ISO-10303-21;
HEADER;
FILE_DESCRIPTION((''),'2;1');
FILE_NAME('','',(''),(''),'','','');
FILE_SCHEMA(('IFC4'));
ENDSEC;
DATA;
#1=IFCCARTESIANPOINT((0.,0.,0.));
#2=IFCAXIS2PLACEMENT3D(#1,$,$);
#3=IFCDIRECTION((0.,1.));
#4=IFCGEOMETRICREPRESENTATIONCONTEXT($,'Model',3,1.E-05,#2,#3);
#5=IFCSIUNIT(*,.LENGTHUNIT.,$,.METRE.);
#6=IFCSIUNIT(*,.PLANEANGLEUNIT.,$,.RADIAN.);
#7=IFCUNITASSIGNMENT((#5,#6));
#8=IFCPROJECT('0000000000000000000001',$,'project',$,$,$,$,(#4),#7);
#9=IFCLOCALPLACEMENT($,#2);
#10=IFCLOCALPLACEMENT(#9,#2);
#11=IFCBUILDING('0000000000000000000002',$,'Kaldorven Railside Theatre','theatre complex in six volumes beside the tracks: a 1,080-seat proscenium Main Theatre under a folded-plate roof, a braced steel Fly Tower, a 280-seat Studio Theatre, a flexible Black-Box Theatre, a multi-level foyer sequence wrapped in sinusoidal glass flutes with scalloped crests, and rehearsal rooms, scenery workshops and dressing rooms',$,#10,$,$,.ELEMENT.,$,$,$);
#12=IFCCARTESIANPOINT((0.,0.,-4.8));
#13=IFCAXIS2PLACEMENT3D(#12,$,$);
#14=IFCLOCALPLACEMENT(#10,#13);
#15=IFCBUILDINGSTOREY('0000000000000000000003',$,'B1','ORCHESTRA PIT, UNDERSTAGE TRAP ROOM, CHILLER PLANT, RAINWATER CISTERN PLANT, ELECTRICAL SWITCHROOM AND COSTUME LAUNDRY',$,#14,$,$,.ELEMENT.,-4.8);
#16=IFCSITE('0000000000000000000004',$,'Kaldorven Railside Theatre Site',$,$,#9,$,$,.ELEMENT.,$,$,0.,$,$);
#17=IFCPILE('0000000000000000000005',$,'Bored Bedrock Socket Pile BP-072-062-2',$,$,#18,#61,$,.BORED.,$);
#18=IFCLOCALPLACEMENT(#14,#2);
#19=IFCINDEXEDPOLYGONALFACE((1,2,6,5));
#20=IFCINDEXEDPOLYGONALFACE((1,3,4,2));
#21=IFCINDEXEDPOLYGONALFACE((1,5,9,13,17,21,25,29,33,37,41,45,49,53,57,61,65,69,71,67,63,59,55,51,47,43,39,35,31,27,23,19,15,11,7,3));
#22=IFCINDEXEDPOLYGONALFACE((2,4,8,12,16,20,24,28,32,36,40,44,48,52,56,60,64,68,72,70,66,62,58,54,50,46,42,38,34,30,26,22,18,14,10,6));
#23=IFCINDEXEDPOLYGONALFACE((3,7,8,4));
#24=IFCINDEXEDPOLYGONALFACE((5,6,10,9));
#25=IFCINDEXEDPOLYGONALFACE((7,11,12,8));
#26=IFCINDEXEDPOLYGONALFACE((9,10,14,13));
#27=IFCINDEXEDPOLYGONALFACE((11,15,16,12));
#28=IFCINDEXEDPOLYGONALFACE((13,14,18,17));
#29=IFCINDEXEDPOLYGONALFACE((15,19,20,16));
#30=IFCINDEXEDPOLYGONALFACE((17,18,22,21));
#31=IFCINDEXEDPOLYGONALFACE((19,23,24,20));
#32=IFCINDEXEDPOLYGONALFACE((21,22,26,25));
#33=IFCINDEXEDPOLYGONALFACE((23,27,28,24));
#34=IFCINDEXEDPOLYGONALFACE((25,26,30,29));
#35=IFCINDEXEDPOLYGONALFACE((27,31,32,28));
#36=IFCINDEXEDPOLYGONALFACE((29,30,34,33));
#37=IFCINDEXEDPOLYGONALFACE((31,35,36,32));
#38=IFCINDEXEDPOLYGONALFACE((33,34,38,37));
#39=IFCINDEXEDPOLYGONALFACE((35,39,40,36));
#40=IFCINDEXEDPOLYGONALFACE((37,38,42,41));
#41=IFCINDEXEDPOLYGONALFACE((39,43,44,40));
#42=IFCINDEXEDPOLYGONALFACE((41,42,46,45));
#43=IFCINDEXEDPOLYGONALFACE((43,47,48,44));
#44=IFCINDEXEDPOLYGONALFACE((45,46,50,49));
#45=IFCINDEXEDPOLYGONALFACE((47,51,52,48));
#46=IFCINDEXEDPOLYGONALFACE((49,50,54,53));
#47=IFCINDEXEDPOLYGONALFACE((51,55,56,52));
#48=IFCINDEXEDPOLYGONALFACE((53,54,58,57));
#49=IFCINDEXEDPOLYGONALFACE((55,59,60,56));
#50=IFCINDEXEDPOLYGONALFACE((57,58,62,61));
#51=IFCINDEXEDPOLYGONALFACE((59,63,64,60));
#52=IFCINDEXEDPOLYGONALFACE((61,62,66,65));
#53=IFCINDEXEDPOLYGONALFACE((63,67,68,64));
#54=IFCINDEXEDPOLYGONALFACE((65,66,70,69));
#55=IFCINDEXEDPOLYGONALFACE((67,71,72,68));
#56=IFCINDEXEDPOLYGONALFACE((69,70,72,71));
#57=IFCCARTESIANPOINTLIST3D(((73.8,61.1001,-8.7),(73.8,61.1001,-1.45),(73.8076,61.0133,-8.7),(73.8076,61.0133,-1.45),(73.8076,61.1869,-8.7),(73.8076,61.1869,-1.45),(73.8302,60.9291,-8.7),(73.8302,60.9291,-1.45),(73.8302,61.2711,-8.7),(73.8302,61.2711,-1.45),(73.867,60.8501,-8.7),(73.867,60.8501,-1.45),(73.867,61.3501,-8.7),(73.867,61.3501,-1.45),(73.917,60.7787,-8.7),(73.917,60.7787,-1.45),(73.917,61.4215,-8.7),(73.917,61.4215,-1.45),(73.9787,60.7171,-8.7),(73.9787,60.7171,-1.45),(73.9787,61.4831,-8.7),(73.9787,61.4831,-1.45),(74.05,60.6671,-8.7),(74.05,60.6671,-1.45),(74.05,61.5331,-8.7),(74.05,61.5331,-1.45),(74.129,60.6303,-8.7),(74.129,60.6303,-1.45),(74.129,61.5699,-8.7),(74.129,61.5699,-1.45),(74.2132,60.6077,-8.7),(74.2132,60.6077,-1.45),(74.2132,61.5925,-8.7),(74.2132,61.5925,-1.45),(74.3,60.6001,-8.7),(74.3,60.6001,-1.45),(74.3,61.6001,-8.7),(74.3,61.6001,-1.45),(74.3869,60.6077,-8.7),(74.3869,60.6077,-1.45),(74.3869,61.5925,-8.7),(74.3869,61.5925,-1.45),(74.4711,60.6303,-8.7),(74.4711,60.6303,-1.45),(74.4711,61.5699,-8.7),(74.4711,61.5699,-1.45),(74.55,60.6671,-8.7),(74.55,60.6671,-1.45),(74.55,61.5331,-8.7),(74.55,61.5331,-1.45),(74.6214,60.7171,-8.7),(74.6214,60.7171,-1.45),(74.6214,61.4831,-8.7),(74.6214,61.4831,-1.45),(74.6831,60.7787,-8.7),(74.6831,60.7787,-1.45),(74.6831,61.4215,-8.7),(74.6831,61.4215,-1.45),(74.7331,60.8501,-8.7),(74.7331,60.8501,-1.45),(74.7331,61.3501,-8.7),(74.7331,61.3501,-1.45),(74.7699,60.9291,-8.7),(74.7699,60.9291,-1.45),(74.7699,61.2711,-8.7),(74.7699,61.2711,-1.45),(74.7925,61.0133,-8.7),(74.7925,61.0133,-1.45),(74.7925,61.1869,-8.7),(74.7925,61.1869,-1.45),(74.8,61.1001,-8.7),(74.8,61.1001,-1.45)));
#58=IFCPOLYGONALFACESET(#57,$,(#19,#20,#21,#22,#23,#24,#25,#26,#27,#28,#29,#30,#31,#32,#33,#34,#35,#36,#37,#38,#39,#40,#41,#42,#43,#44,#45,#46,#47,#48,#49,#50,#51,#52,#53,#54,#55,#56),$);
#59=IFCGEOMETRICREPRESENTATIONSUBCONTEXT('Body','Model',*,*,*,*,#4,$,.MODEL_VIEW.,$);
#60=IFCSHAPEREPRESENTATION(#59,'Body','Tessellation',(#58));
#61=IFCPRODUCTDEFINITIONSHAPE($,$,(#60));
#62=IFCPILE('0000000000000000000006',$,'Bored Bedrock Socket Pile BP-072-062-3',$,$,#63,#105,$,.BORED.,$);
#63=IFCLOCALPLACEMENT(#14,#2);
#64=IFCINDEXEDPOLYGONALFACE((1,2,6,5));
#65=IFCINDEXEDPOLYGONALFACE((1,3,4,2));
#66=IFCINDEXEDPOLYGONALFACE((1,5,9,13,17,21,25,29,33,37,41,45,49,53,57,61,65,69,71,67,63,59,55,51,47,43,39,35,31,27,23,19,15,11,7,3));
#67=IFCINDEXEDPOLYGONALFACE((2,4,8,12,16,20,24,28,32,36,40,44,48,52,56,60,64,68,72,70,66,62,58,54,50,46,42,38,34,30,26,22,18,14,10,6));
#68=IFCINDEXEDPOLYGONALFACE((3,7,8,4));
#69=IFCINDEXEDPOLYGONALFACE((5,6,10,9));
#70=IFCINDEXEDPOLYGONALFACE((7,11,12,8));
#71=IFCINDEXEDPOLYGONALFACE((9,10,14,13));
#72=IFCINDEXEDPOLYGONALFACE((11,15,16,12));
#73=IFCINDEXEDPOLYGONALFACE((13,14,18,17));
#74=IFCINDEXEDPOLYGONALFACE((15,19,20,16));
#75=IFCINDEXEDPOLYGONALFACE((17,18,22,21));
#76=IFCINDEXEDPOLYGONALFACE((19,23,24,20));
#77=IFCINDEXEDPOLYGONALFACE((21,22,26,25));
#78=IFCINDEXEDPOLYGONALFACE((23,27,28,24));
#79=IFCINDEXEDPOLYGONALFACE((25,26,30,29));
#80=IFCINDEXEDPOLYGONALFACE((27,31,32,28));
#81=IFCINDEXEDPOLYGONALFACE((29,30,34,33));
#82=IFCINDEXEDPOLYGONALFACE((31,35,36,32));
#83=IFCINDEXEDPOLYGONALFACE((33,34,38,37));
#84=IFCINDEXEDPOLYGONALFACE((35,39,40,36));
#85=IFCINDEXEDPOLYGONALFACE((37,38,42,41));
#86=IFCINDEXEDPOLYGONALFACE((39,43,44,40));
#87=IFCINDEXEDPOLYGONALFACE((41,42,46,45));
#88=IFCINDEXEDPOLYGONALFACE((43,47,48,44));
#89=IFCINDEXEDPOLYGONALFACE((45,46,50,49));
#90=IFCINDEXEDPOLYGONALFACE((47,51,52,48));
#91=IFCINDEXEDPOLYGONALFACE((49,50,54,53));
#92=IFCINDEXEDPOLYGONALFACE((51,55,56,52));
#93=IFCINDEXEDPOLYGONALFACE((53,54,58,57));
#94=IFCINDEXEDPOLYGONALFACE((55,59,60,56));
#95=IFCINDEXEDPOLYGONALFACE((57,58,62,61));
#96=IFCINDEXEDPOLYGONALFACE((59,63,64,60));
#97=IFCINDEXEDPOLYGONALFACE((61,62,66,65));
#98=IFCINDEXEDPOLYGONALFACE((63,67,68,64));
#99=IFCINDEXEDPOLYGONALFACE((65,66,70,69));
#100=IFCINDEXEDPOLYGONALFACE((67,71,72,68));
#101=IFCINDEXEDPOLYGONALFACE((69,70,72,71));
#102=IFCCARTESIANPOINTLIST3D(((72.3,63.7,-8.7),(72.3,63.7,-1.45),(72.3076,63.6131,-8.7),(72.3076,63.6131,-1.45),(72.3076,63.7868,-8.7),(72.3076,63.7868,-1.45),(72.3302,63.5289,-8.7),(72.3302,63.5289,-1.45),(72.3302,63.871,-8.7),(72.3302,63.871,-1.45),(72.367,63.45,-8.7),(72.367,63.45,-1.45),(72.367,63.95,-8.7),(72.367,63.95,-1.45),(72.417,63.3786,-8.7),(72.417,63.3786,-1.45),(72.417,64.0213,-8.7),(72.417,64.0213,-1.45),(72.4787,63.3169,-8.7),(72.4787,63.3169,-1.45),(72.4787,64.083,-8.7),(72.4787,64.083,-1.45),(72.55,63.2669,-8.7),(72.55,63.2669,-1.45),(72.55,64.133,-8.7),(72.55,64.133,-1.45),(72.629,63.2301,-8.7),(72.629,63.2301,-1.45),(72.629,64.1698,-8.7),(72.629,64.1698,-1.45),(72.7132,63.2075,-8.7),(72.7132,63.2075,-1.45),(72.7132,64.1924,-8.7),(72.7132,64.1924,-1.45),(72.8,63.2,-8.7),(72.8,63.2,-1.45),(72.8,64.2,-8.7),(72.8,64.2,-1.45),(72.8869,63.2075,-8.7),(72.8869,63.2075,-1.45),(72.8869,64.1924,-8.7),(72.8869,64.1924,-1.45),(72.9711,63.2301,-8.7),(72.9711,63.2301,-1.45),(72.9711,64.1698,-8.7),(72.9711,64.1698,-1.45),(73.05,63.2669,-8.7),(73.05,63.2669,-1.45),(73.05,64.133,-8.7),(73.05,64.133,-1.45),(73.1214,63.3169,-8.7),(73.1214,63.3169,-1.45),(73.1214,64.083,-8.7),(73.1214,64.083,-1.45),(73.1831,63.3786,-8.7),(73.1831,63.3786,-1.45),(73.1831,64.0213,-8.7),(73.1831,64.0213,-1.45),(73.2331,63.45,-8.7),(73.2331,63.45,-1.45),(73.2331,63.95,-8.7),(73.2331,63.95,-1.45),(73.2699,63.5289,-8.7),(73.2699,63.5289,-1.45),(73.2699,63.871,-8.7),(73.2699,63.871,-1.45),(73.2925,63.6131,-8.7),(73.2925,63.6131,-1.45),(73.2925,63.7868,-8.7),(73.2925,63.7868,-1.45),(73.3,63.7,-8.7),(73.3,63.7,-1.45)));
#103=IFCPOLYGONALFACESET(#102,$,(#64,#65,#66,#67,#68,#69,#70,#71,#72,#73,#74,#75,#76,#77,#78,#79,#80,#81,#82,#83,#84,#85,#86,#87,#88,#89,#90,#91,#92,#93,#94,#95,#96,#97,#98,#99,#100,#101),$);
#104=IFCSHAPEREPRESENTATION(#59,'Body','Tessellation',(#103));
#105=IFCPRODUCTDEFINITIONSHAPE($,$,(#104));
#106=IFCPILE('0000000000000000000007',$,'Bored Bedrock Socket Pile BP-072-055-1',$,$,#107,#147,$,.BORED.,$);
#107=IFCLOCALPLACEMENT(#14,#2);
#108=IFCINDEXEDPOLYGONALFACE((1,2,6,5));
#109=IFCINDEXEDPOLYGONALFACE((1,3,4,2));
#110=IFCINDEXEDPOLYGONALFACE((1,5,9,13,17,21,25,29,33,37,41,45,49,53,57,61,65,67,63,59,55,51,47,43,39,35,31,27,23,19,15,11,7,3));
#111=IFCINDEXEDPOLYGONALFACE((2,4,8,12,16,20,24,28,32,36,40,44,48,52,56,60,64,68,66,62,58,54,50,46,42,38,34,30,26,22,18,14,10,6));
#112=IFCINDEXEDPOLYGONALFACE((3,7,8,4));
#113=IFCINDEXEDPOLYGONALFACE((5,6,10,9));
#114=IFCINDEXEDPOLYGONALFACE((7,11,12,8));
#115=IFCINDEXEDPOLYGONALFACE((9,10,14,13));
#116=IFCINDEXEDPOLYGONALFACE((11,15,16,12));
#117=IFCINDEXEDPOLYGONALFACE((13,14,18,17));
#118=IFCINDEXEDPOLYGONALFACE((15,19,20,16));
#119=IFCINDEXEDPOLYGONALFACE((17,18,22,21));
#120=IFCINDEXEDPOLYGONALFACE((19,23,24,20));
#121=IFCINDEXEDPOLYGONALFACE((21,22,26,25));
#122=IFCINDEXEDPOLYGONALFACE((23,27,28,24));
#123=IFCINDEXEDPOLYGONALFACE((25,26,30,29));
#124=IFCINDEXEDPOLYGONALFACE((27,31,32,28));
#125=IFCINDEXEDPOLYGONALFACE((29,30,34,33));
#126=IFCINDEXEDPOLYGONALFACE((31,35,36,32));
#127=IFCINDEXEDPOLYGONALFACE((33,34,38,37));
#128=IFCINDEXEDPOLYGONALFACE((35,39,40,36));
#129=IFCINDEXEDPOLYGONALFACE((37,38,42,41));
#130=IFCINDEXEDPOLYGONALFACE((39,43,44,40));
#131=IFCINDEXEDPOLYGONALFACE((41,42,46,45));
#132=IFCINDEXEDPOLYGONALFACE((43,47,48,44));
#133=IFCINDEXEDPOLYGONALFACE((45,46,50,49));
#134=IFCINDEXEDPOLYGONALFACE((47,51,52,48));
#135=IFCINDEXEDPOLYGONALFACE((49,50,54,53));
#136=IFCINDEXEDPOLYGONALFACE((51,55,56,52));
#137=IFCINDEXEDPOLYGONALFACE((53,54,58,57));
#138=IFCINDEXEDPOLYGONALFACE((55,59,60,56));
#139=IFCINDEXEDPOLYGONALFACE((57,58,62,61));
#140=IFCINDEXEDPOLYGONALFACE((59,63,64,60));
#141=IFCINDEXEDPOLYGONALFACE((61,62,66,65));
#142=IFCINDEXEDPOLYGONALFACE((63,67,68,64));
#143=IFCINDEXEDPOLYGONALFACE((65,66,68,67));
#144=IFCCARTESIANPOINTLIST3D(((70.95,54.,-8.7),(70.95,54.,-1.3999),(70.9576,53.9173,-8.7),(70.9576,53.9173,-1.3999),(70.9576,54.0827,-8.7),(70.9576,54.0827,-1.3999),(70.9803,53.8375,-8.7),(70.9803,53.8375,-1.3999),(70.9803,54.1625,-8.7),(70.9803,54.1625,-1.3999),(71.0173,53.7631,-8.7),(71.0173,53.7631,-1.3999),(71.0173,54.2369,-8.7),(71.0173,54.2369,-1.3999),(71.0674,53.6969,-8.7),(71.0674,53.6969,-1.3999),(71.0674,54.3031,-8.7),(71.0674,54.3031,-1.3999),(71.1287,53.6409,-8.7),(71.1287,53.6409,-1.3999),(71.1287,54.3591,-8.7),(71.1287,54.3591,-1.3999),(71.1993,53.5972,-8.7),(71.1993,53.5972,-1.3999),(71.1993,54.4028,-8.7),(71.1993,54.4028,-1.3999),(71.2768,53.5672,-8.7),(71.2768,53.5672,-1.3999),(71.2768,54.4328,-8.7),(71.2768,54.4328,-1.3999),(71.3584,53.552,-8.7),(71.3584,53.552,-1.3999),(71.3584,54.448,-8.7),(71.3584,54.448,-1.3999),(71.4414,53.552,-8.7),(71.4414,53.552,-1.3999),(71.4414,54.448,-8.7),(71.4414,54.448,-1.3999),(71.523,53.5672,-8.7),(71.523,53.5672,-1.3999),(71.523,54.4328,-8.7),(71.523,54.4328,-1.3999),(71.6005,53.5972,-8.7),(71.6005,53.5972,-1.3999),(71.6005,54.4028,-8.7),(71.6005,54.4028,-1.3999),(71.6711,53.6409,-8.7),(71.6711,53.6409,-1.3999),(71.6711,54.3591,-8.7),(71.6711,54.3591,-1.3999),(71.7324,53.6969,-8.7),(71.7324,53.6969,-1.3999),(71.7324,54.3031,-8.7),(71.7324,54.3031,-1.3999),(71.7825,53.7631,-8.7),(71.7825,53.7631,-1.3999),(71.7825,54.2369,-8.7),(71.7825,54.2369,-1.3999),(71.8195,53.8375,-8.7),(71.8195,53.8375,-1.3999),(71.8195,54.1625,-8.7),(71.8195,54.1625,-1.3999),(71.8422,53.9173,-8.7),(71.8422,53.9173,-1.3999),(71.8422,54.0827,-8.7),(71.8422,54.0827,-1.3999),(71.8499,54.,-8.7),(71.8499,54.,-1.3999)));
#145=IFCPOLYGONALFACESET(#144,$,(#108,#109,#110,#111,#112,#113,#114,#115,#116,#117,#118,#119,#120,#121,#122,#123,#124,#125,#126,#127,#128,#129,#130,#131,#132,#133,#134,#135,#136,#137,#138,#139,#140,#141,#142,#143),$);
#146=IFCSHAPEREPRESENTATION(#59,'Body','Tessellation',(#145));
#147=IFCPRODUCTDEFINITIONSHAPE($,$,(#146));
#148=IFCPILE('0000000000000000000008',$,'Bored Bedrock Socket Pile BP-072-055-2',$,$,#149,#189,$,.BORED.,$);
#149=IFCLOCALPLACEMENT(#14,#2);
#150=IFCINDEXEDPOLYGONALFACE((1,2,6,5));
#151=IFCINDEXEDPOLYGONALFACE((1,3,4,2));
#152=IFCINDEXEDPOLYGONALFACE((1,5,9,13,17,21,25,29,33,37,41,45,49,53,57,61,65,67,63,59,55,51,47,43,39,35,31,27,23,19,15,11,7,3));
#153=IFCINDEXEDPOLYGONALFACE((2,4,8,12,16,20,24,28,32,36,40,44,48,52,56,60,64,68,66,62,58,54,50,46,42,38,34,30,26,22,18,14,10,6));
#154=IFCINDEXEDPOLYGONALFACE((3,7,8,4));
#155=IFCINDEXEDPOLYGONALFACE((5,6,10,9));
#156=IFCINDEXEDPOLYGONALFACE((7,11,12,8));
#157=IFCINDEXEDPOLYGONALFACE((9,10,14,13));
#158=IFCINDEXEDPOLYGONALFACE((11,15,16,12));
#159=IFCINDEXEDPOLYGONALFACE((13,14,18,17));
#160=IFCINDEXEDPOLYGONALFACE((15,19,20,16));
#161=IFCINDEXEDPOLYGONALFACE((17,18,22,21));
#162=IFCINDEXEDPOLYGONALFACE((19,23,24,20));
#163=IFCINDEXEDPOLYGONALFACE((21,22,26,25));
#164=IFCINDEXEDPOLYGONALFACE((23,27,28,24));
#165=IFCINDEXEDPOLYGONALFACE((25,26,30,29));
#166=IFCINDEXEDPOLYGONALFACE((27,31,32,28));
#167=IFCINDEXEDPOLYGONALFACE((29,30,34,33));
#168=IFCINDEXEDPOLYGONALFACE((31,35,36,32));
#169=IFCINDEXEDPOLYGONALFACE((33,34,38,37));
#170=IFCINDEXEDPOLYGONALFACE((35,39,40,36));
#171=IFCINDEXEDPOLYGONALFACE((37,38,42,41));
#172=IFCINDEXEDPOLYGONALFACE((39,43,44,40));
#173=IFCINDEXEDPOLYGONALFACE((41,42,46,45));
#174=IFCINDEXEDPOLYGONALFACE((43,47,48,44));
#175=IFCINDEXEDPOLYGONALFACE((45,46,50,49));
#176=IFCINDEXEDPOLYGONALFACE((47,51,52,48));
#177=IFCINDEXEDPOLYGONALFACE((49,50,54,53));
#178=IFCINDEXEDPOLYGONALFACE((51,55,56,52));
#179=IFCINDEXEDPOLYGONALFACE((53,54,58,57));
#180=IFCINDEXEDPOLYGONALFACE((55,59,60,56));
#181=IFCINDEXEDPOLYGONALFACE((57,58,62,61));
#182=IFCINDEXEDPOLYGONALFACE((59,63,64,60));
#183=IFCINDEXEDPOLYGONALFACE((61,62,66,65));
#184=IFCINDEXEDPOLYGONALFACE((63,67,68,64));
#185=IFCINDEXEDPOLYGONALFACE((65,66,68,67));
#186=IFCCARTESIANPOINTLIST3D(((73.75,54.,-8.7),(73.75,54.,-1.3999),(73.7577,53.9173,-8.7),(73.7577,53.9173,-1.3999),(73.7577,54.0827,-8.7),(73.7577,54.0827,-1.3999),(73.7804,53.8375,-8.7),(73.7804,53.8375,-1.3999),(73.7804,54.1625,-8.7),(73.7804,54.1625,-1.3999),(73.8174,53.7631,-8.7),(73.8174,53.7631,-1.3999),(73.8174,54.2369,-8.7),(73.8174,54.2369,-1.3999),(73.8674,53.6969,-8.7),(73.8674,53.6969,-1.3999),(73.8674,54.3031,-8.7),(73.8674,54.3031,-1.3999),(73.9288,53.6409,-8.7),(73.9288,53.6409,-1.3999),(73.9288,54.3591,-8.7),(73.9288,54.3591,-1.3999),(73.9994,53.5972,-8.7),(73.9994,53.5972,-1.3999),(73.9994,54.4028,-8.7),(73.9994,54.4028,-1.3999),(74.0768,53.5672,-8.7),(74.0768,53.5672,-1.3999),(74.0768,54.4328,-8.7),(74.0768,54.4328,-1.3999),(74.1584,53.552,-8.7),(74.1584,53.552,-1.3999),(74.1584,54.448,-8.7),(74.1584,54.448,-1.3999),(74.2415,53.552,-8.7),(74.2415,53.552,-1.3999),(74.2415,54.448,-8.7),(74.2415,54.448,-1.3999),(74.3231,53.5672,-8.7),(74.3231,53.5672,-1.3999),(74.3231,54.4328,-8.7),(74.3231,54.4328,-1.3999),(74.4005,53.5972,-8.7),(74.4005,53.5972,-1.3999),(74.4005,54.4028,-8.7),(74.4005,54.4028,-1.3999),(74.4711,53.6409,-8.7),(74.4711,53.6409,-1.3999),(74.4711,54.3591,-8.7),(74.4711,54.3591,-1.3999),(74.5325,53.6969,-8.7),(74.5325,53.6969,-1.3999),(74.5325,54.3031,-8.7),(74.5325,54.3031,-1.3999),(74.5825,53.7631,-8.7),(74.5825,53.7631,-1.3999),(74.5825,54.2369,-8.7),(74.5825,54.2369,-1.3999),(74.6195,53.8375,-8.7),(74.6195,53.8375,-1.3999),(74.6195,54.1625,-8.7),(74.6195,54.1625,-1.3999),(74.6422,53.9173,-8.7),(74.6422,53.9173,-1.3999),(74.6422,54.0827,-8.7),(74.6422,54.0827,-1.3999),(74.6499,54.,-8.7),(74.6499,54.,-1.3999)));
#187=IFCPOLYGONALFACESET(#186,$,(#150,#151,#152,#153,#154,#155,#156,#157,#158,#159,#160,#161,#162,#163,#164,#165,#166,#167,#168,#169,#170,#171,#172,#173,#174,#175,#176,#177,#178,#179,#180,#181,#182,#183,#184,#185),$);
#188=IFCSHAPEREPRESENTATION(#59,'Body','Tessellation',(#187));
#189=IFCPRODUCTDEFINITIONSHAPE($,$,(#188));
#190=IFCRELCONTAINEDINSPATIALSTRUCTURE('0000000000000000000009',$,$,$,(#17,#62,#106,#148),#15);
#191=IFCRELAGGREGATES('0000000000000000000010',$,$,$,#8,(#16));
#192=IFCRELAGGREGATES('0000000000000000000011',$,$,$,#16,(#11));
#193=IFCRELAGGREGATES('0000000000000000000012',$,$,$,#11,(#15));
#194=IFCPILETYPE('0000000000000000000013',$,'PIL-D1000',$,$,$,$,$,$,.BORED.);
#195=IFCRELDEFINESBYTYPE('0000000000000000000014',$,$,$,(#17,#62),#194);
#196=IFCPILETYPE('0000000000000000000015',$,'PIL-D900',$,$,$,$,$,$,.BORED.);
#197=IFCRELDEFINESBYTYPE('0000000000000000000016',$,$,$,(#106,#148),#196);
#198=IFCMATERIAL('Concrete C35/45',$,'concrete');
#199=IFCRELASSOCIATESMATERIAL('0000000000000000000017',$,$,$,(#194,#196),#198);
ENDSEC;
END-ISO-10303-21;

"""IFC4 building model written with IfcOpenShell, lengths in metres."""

from ifc_helpers import new_model, si_unit, direction, frame, origin, origin_2d, place, context, subcontext, project, spatial, circle, extrude, material, material_profile, profile_set, type_object, element, save


model = new_model("IFC4")

# Units and contexts
model_context = context("Model", 3, precision=1e-05, world=origin(), true_north=direction((0.0, 1.0)))
body_context = subcontext(model_context, "Body", "Model", "MODEL_VIEW")
ifc_project = project(units=[si_unit("LENGTHUNIT", "METRE"), si_unit("PLANEANGLEUNIT", "RADIAN")], contexts=[model_context])

# Site, building, storey
site_placement = place(None, origin())
site = spatial("IfcSite", under=ifc_project, at=site_placement, Name="Kaldorven Railside Theatre Site", CompositionType="ELEMENT", RefElevation=0.0)
building_placement = place(site_placement, origin())
building = spatial("IfcBuilding", under=site, at=building_placement, Name="Kaldorven Railside Theatre", Description="theatre complex in six volumes beside the tracks: a 1,080-seat proscenium Main Theatre under a folded-plate roof, a braced steel Fly Tower, a 280-seat Studio Theatre, a flexible Black-Box Theatre, a multi-level foyer sequence wrapped in sinusoidal glass flutes with scalloped crests, and rehearsal rooms, scenery workshops and dressing rooms", CompositionType="ELEMENT")
storey_placement = place(building_placement, frame((0.0, 0.0, -4.8)))
storey = spatial("IfcBuildingStorey", under=building, at=storey_placement, Name="B1", Description="ORCHESTRA PIT, UNDERSTAGE TRAP ROOM, CHILLER PLANT, RAINWATER CISTERN PLANT, ELECTRICAL SWITCHROOM AND COSTUME LAUNDRY", CompositionType="ELEMENT", Elevation=-4.8)

# Piles
ifc_material_1 = material(Name="Concrete C35/45", Category="concrete")
ifc_material_profile_1 = material_profile(ifc_material_1, circle(Radius=0.5, at=origin_2d()), Name="BP D1000")
ifc_profile_set_1 = profile_set([ifc_material_profile_1], Name="Concrete C35/45")
pile_type_1 = type_object("IfcPileType", Name="PIL-D1000", PredefinedType="BORED", material=ifc_profile_set_1)
for number, where, z_axis, x_axis, name in (
    (1, (74.3, 61.1001, -1.45), (0.0, 0.0, -1.0), (1.0, 0.0, 0.0), "Bored Bedrock Socket Pile BP-072-062-2"),
    (2, (72.8, 63.7, -1.45), (0.0, 0.0, -1.0), (1.0, 0.0, 0.0), "Bored Bedrock Socket Pile BP-072-062-3"),
):
    element("IfcPile", number, at=place(storey_placement, frame(where, z_axis=z_axis, x_axis=x_axis)), inside=storey, type_object=pile_type_1, Name=name, PredefinedType="BORED", context=body_context, shape_type="SweptSolid", body=[
        extrude(circle(Radius=0.5, at=origin_2d()), origin(), (0.0, 0.0, 1.0), 7.25),
    ])
ifc_material_profile_2 = material_profile(ifc_material_1, circle(Radius=0.45, at=origin_2d()), Name="BP D900")
ifc_profile_set_2 = profile_set([ifc_material_profile_2], Name="Concrete C35/45")
pile_type_2 = type_object("IfcPileType", Name="PIL-D900", PredefinedType="BORED", material=ifc_profile_set_2)
for number, where, z_axis, x_axis, name in (
    (3, (71.3999, 54.0, -1.3999), (0.0, 0.0, -1.0), (1.0, 0.0, 0.0), "Bored Bedrock Socket Pile BP-072-055-1"),
    (4, (74.2, 54.0, -1.3999), (0.0, 0.0, -1.0), (1.0, 0.0, 0.0), "Bored Bedrock Socket Pile BP-072-055-2"),
):
    element("IfcPile", number, at=place(storey_placement, frame(where, z_axis=z_axis, x_axis=x_axis)), inside=storey, type_object=pile_type_2, Name=name, PredefinedType="BORED", context=body_context, shape_type="SweptSolid", body=[
        extrude(circle(Radius=0.45, at=origin_2d()), origin(), (0.0, 0.0, 1.0), 7.3),
    ])

save(model, "model.ifc")
